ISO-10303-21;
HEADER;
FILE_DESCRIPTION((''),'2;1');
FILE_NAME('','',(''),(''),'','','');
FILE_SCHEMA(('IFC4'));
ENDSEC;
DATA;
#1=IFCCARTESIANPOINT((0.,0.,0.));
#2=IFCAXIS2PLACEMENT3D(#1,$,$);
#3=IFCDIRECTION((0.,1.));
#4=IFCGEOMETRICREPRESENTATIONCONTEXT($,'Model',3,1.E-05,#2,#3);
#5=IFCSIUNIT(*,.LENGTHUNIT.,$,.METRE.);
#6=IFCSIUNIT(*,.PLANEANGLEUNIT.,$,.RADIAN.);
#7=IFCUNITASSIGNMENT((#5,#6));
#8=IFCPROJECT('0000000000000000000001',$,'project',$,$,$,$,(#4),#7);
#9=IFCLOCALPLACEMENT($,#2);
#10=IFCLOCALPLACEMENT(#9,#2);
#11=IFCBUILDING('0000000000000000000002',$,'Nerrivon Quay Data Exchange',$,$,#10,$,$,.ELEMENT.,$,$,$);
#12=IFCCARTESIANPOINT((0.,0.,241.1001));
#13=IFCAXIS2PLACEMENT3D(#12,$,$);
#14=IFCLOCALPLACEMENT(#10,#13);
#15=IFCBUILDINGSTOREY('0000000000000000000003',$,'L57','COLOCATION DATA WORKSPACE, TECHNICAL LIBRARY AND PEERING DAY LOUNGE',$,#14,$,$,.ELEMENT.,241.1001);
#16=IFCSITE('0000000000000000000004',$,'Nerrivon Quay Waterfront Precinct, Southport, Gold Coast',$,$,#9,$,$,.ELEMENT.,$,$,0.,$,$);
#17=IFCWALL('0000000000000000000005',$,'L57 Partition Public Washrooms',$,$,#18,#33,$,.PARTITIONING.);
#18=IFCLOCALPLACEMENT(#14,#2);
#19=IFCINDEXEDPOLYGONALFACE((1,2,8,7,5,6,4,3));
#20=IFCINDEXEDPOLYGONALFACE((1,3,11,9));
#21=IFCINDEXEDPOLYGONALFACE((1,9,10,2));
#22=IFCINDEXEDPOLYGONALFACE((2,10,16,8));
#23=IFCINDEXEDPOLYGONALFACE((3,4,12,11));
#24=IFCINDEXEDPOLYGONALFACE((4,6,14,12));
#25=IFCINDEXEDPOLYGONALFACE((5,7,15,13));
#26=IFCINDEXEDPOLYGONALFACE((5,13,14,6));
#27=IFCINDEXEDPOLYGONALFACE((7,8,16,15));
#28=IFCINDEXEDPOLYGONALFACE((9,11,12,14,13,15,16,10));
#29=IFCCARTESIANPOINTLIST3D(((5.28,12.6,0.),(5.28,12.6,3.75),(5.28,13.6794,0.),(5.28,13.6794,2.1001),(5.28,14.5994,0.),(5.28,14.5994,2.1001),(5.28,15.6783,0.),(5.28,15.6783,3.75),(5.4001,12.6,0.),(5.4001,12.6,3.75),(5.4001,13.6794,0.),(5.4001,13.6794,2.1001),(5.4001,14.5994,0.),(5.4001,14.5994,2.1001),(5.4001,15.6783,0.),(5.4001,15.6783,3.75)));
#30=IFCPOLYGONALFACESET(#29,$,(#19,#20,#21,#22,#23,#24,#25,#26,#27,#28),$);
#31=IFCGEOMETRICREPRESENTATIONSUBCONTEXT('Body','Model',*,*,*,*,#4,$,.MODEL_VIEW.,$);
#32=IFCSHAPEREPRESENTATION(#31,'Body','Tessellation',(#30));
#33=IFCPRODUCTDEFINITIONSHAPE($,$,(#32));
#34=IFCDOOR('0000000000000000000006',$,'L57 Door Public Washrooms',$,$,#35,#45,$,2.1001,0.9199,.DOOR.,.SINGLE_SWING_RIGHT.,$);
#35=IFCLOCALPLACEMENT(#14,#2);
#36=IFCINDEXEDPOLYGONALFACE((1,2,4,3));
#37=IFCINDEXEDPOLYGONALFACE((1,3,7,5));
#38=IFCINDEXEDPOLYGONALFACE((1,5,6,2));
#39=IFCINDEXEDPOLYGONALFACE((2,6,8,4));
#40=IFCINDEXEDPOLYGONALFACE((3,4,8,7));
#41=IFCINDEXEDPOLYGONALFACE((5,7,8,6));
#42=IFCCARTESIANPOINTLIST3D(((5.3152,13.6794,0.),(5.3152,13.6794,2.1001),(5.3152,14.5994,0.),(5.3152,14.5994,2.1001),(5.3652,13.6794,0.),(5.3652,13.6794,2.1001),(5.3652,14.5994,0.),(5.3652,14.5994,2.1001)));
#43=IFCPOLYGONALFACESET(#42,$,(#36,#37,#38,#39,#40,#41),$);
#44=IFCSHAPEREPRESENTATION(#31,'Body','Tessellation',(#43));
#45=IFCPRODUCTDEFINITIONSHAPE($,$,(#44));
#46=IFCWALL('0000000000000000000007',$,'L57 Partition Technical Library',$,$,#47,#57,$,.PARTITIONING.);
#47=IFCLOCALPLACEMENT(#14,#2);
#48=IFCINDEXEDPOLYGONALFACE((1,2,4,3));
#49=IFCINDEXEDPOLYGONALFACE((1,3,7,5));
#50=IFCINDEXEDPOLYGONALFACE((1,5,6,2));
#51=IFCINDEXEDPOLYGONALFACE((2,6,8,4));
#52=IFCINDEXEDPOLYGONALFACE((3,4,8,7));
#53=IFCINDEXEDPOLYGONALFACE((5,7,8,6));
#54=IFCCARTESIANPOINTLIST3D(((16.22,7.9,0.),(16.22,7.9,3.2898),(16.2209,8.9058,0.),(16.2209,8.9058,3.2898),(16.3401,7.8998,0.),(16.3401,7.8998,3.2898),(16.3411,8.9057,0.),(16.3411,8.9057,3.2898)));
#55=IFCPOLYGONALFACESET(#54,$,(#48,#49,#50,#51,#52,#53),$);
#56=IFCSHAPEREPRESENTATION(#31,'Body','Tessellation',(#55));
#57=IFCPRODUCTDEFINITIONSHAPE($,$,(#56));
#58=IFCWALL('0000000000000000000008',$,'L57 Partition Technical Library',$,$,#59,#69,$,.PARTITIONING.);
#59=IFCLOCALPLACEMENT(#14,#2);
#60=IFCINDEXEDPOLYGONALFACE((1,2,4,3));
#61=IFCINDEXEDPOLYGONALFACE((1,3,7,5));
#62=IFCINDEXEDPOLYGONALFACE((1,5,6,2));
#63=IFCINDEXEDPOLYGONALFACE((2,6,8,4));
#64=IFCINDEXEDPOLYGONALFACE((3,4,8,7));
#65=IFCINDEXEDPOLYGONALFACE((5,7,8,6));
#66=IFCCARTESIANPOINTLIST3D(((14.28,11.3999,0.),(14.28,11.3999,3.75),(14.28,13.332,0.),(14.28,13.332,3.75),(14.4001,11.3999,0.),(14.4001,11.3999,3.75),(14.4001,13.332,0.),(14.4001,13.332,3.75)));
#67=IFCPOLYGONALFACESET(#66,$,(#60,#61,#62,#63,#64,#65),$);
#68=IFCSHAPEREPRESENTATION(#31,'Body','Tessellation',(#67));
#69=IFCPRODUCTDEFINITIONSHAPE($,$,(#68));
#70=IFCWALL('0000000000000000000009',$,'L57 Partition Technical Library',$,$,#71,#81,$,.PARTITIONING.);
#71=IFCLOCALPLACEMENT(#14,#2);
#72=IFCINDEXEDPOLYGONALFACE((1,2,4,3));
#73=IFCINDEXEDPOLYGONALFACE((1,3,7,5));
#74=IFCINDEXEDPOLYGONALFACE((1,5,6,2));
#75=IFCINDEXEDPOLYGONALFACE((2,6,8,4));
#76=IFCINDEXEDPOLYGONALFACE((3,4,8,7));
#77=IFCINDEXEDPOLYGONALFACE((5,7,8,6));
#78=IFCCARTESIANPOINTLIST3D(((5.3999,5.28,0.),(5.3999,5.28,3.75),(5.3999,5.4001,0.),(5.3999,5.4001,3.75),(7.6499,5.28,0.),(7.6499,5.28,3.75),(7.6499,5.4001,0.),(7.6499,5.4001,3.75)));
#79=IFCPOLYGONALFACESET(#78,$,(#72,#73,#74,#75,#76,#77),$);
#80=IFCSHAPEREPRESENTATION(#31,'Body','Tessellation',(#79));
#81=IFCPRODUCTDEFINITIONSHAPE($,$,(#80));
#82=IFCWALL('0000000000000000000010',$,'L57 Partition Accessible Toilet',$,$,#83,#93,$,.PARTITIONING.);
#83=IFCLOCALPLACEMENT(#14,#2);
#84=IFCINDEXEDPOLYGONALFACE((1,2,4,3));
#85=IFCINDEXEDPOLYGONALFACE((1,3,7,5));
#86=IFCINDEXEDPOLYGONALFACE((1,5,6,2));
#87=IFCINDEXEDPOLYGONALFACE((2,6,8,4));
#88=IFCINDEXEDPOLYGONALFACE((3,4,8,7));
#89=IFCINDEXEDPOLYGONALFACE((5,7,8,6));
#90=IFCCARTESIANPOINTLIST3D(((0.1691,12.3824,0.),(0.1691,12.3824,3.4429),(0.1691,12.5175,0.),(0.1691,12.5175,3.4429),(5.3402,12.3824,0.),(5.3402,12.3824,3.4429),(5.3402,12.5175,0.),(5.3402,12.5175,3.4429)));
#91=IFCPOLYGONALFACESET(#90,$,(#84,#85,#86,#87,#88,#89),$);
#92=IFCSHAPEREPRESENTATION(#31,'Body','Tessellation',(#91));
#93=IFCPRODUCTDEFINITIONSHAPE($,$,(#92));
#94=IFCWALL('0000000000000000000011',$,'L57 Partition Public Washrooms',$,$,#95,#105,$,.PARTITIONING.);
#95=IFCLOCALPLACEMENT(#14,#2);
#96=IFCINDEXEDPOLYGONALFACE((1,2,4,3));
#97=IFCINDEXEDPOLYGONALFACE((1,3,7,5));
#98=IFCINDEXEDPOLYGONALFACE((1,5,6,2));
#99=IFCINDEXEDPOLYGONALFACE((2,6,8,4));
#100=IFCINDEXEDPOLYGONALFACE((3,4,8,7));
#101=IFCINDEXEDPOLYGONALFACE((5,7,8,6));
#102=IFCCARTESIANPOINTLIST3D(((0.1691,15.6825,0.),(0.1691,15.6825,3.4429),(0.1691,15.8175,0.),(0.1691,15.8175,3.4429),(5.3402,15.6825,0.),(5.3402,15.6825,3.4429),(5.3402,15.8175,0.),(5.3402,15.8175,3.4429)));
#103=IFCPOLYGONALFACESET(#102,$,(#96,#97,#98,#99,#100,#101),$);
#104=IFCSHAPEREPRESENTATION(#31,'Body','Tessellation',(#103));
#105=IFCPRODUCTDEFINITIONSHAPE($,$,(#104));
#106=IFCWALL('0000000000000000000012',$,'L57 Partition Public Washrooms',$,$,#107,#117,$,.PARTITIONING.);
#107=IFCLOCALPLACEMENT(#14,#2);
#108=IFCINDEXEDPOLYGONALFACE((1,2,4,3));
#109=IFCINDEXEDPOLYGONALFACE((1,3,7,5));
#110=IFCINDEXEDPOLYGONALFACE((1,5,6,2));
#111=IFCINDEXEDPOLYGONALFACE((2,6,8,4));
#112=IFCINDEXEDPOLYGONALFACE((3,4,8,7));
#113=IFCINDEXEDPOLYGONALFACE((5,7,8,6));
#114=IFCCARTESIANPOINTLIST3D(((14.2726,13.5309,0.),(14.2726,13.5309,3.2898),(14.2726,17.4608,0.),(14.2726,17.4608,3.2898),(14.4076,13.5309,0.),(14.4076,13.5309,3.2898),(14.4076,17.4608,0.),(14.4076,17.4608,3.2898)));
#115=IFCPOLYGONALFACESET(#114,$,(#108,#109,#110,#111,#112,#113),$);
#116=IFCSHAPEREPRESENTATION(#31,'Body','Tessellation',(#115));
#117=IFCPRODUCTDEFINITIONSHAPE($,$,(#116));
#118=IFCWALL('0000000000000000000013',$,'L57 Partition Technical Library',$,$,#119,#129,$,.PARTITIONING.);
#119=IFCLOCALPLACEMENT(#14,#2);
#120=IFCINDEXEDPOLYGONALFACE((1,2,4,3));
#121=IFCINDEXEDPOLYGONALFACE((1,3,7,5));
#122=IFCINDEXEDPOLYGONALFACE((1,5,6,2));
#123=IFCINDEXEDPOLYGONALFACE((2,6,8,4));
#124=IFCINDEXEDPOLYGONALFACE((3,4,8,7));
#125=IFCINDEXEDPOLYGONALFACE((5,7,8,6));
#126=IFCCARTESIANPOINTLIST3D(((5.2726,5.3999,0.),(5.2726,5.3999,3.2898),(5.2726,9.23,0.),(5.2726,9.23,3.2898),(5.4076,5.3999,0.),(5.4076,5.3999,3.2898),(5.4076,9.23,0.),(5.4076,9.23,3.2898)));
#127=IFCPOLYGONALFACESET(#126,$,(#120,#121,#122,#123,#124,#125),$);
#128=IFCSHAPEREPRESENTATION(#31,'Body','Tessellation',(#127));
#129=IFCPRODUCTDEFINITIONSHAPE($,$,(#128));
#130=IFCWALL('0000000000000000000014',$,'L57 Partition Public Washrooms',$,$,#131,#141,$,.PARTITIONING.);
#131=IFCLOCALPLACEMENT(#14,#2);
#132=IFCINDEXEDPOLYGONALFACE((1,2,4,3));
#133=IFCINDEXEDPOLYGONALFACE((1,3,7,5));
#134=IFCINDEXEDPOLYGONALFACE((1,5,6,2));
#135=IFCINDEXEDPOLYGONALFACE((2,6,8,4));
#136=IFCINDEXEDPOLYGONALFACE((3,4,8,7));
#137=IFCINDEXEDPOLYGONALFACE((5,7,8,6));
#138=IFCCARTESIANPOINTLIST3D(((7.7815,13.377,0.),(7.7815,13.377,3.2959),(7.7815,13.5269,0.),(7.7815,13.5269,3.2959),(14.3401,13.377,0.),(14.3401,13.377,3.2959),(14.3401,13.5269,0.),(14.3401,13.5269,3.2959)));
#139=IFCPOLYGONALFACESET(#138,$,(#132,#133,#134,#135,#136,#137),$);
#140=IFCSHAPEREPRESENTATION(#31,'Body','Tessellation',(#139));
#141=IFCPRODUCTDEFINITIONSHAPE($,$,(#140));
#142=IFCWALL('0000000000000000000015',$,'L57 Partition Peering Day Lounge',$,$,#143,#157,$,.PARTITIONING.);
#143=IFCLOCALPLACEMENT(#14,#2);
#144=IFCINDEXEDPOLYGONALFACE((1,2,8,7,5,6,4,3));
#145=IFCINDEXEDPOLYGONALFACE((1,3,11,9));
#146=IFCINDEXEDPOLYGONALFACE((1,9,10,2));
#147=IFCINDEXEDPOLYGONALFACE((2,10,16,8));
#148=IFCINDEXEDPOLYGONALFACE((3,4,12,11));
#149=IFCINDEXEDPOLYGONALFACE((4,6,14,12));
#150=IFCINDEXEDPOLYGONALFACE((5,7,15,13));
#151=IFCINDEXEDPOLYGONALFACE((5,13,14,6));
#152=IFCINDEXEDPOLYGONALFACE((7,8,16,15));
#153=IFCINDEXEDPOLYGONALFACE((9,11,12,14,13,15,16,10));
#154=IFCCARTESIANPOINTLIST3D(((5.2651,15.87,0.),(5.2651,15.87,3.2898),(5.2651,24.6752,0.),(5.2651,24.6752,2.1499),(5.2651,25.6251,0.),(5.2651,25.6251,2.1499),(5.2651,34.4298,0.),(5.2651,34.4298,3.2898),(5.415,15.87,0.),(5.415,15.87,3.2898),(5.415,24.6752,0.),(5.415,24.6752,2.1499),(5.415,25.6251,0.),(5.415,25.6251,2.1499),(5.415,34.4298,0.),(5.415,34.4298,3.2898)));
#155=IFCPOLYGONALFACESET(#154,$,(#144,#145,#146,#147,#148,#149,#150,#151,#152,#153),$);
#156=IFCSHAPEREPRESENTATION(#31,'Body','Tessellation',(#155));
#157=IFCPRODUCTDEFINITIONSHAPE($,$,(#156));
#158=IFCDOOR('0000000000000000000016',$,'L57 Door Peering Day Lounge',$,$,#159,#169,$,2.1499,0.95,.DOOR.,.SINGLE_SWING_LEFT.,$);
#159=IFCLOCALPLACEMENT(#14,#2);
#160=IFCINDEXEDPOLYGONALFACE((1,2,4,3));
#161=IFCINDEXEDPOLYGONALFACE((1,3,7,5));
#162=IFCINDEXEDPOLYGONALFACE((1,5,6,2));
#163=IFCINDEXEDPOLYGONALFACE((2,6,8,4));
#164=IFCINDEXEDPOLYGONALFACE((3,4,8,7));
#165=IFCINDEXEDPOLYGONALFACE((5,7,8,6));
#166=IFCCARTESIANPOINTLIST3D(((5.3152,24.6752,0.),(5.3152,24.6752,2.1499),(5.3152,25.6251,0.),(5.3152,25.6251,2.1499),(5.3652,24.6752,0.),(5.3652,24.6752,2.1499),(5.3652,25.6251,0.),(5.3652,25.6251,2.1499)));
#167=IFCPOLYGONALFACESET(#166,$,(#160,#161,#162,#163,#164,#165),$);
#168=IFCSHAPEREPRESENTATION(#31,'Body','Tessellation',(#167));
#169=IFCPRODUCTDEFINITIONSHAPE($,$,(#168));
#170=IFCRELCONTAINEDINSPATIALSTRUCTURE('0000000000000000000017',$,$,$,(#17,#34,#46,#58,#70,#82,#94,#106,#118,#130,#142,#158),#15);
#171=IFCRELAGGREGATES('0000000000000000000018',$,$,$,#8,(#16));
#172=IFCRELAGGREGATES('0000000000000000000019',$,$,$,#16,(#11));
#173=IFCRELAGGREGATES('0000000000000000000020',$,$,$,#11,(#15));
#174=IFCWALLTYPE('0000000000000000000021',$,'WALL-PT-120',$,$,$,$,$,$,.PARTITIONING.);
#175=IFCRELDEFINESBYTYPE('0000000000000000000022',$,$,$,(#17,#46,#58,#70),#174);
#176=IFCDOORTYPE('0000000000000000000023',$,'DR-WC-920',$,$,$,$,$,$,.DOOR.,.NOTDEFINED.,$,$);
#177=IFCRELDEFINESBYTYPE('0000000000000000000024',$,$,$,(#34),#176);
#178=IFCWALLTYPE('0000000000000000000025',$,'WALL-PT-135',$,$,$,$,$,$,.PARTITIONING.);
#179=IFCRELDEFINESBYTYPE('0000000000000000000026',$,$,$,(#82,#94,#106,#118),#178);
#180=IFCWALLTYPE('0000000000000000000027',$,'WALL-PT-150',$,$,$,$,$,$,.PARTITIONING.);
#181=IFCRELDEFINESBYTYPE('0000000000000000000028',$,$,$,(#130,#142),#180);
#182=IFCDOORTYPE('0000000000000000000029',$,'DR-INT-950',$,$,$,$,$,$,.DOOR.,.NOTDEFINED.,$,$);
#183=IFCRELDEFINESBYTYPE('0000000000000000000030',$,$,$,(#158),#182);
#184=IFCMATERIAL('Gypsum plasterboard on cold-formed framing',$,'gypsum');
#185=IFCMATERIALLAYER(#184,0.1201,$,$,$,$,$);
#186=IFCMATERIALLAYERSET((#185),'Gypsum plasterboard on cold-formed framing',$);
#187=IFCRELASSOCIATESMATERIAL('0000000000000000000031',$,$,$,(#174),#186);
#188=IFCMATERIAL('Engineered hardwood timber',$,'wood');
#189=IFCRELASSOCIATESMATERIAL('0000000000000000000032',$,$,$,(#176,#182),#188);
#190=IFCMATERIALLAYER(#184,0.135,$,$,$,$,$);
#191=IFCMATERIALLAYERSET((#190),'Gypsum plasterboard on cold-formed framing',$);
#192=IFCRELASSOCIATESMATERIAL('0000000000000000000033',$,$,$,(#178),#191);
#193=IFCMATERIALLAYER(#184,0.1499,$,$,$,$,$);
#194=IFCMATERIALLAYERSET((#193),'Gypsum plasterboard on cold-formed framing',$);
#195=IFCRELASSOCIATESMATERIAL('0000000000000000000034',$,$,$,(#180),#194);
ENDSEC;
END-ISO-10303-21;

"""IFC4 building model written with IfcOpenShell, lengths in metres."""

from ifc_helpers import new_model, si_unit, direction, frame, frame_2d, origin, place, context, subcontext, project, spatial, rectangle, extrude, material, layer, layer_set, type_object, element, fill, save


model = new_model("IFC4")

# Units and contexts
model_context = context("Model", 3, precision=1e-05, world=origin(), true_north=direction((0.0, 1.0)))
body_context = subcontext(model_context, "Body", "Model", "MODEL_VIEW")
ifc_project = project(units=[si_unit("LENGTHUNIT", "METRE"), si_unit("PLANEANGLEUNIT", "RADIAN")], contexts=[model_context])

# Site, building, storey
site_placement = place(None, origin())
site = spatial("IfcSite", under=ifc_project, at=site_placement, Name="Nerrivon Quay Waterfront Precinct, Southport, Gold Coast", CompositionType="ELEMENT", RefElevation=0.0)
building_placement = place(site_placement, origin())
building = spatial("IfcBuilding", under=site, at=building_placement, Name="Nerrivon Quay Data Exchange", CompositionType="ELEMENT")
storey_placement = place(building_placement, frame((0.0, 0.0, 241.1001)))
storey = spatial("IfcBuildingStorey", under=building, at=storey_placement, Name="L57", Description="COLOCATION DATA WORKSPACE, TECHNICAL LIBRARY AND PEERING DAY LOUNGE", CompositionType="ELEMENT", Elevation=241.1001)

# Wall, opening, door
ifc_material_1 = material(Name="Gypsum plasterboard on cold-formed framing", Category="gypsum")
ifc_layer_1 = layer(ifc_material_1, 0.1201)
ifc_layer_set_1 = layer_set([ifc_layer_1], Name="Gypsum plasterboard on cold-formed framing")
wall_type_1 = type_object("IfcWallType", Name="WALL-PT-120", PredefinedType="PARTITIONING", material=ifc_layer_set_1)
ifc_material_2 = material(Name="Engineered hardwood timber", Category="wood")
door_type_1 = type_object("IfcDoorType", Name="DR-WC-920", OperationType="NOTDEFINED", PredefinedType="DOOR", material=ifc_material_2)
wall_1_placement = place(storey_placement, frame((5.3401, 12.6001, 0.0), z_axis=(0.0, 0.0, 1.0), x_axis=(0.0, 1.0, 0.0)))
wall_1 = element("IfcWall", 1, at=wall_1_placement, inside=storey, type_object=wall_type_1, Name="L57 Partition Public Washrooms", PredefinedType="PARTITIONING", context=body_context, shape_type="SweptSolid", body=[
    extrude(rectangle(XDim=3.0784, YDim=0.1201, at=frame_2d((1.5391, 0.0))), origin(), (0.0, 0.0, 1.0), 3.75),
])
opening_1_placement = place(wall_1_placement, frame((1.0793, 0.0, 0.0)))
opening_1 = element("IfcOpeningElement", 2, at=opening_1_placement, cuts=wall_1, PredefinedType="OPENING", context=body_context, shape_type="SweptSolid", body=[
    extrude(rectangle(XDim=0.9199, YDim=2.1001, at=frame_2d((0.46, 1.05))), frame((0.0, 0.0701, 0.0), z_axis=(0.0, -1.0, 0.0), x_axis=(1.0, 0.0, 0.0)), (0.0, 0.0, 1.0), 0.1401),
])
door_1_placement = place(opening_1_placement, origin())
door_1 = element("IfcDoor", 3, at=door_1_placement, inside=storey, type_object=door_type_1, Name="L57 Door Public Washrooms", OperationType="SINGLE_SWING_RIGHT", OverallHeight=2.1001, OverallWidth=0.9199, PredefinedType="DOOR", context=body_context, shape_type="SweptSolid", body=[
    extrude(rectangle(XDim=0.9199, YDim=2.1001, at=frame_2d((0.46, 1.05))), frame((0.0, 0.0249, 0.0), z_axis=(0.0, -1.0, 0.0), x_axis=(1.0, 0.0, 0.0)), (0.0, 0.0, 1.0), 0.05),
])
fill(opening_1, door_1)

# Walls
wall_2_placement = place(storey_placement, frame((16.28, 7.8999, 0.0), z_axis=(0.0, 0.0, 1.0), x_axis=(0.000971, 1.0, 0.0)))
element("IfcWall", 4, at=wall_2_placement, inside=storey, type_object=wall_type_1, Name="L57 Partition Technical Library", PredefinedType="PARTITIONING", context=body_context, shape_type="SweptSolid", body=[
    extrude(rectangle(XDim=1.0059, YDim=0.1201, at=frame_2d((0.5029, 0.0))), origin(), (0.0, 0.0, 1.0), 3.2898),
])
wall_3_placement = place(storey_placement, frame((14.3401, 11.3999, 0.0), z_axis=(0.0, 0.0, 1.0), x_axis=(0.0, 1.0, 0.0)))
element("IfcWall", 5, at=wall_3_placement, inside=storey, type_object=wall_type_1, Name="L57 Partition Technical Library", PredefinedType="PARTITIONING", context=body_context, shape_type="SweptSolid", body=[
    extrude(rectangle(XDim=1.9321, YDim=0.1201, at=frame_2d((0.9661, 0.0))), origin(), (0.0, 0.0, 1.0), 3.75),
])
wall_4_placement = place(storey_placement, frame((7.6499, 5.3401, 0.0), z_axis=(0.0, 0.0, 1.0), x_axis=(-1.0, 0.0, 0.0)))
element("IfcWall", 6, at=wall_4_placement, inside=storey, type_object=wall_type_1, Name="L57 Partition Technical Library", PredefinedType="PARTITIONING", context=body_context, shape_type="SweptSolid", body=[
    extrude(rectangle(XDim=2.25, YDim=0.1201, at=frame_2d((1.125, 0.0))), origin(), (0.0, 0.0, 1.0), 3.75),
])
ifc_layer_2 = layer(ifc_material_1, 0.135)
ifc_layer_set_2 = layer_set([ifc_layer_2], Name="Gypsum plasterboard on cold-formed framing")
wall_type_2 = type_object("IfcWallType", Name="WALL-PT-135", PredefinedType="PARTITIONING", material=ifc_layer_set_2)
for number, where, z_axis, x_axis, name in (
    (7, (5.3401, 12.45, 0.0), (0.0, 0.0, 1.0), (-1.0, 0.0, 0.0), "L57 Partition Accessible Toilet"),
    (8, (5.3401, 15.75, 0.0), (0.0, 0.0, 1.0), (-1.0, 0.0, 0.0), "L57 Partition Public Washrooms"),
):
    element("IfcWall", number, at=place(storey_placement, frame(where, z_axis=z_axis, x_axis=x_axis)), inside=storey, type_object=wall_type_2, Name=name, PredefinedType="PARTITIONING", context=body_context, shape_type="SweptSolid", body=[
        extrude(rectangle(XDim=5.1711, YDim=0.135, at=frame_2d((2.5854, 0.0))), origin(), (0.0, 0.0, 1.0), 3.4429),
    ])
wall_5_placement = place(storey_placement, frame((14.3401, 13.531, 0.0), z_axis=(0.0, 0.0, 1.0), x_axis=(0.0, 1.0, 0.0)))
element("IfcWall", 9, at=wall_5_placement, inside=storey, type_object=wall_type_2, Name="L57 Partition Public Washrooms", PredefinedType="PARTITIONING", context=body_context, shape_type="SweptSolid", body=[
    extrude(rectangle(XDim=3.9299, YDim=0.135, at=frame_2d((1.9648, 0.0))), origin(), (0.0, 0.0, 1.0), 3.2898),
])
wall_6_placement = place(storey_placement, frame((5.3401, 5.3999, 0.0), z_axis=(0.0, 0.0, 1.0), x_axis=(0.0, 1.0, 0.0)))
element("IfcWall", 10, at=wall_6_placement, inside=storey, type_object=wall_type_2, Name="L57 Partition Technical Library", PredefinedType="PARTITIONING", context=body_context, shape_type="SweptSolid", body=[
    extrude(rectangle(XDim=3.8301, YDim=0.135, at=frame_2d((1.915, 0.0))), origin(), (0.0, 0.0, 1.0), 3.2898),
])
ifc_layer_3 = layer(ifc_material_1, 0.1499)
ifc_layer_set_3 = layer_set([ifc_layer_3], Name="Gypsum plasterboard on cold-formed framing")
wall_type_3 = type_object("IfcWallType", Name="WALL-PT-150", PredefinedType="PARTITIONING", material=ifc_layer_set_3)
wall_7_placement = place(storey_placement, frame((7.7815, 13.4519, 0.0), z_axis=(0.0, 0.0, 1.0), x_axis=(1.0, 0.0, 0.0)))
element("IfcWall", 11, at=wall_7_placement, inside=storey, type_object=wall_type_3, Name="L57 Partition Public Washrooms", PredefinedType="PARTITIONING", context=body_context, shape_type="SweptSolid", body=[
    extrude(rectangle(XDim=6.5586, YDim=0.1499, at=frame_2d((3.2793, 0.0))), origin(), (0.0, 0.0, 1.0), 3.2959),
])

# Wall, opening, door
wall_8_placement = place(storey_placement, frame((5.3401, 15.8701, 0.0), z_axis=(0.0, 0.0, 1.0), x_axis=(0.0, 1.0, 0.0)))
wall_8 = element("IfcWall", 12, at=wall_8_placement, inside=storey, type_object=wall_type_3, Name="L57 Partition Peering Day Lounge", PredefinedType="PARTITIONING", context=body_context, shape_type="SweptSolid", body=[
    extrude(rectangle(XDim=18.5598, YDim=0.1499, at=frame_2d((9.2798, 0.0))), origin(), (0.0, 0.0, 1.0), 3.2898),
])
opening_2_placement = place(wall_8_placement, frame((8.8049, 0.0, 0.0)))
opening_2 = element("IfcOpeningElement", 13, at=opening_2_placement, cuts=wall_8, PredefinedType="OPENING", context=body_context, shape_type="SweptSolid", body=[
    extrude(rectangle(XDim=0.95, YDim=2.1499, at=frame_2d((0.4751, 1.075))), frame((0.0, 0.085, 0.0), z_axis=(0.0, -1.0, 0.0), x_axis=(1.0, 0.0, 0.0)), (0.0, 0.0, 1.0), 0.1699),
])
door_type_2 = type_object("IfcDoorType", Name="DR-INT-950", OperationType="NOTDEFINED", PredefinedType="DOOR", material=ifc_material_2)
door_2_placement = place(opening_2_placement, origin())
door_2 = element("IfcDoor", 14, at=door_2_placement, inside=storey, type_object=door_type_2, Name="L57 Door Peering Day Lounge", OperationType="SINGLE_SWING_LEFT", OverallHeight=2.1499, OverallWidth=0.95, PredefinedType="DOOR", context=body_context, shape_type="SweptSolid", body=[
    extrude(rectangle(XDim=0.95, YDim=2.1499, at=frame_2d((0.4751, 1.075))), frame((0.0, 0.0249, 0.0), z_axis=(0.0, -1.0, 0.0), x_axis=(1.0, 0.0, 0.0)), (0.0, 0.0, 1.0), 0.05),
])
fill(opening_2, door_2)

save(model, "model.ifc")
